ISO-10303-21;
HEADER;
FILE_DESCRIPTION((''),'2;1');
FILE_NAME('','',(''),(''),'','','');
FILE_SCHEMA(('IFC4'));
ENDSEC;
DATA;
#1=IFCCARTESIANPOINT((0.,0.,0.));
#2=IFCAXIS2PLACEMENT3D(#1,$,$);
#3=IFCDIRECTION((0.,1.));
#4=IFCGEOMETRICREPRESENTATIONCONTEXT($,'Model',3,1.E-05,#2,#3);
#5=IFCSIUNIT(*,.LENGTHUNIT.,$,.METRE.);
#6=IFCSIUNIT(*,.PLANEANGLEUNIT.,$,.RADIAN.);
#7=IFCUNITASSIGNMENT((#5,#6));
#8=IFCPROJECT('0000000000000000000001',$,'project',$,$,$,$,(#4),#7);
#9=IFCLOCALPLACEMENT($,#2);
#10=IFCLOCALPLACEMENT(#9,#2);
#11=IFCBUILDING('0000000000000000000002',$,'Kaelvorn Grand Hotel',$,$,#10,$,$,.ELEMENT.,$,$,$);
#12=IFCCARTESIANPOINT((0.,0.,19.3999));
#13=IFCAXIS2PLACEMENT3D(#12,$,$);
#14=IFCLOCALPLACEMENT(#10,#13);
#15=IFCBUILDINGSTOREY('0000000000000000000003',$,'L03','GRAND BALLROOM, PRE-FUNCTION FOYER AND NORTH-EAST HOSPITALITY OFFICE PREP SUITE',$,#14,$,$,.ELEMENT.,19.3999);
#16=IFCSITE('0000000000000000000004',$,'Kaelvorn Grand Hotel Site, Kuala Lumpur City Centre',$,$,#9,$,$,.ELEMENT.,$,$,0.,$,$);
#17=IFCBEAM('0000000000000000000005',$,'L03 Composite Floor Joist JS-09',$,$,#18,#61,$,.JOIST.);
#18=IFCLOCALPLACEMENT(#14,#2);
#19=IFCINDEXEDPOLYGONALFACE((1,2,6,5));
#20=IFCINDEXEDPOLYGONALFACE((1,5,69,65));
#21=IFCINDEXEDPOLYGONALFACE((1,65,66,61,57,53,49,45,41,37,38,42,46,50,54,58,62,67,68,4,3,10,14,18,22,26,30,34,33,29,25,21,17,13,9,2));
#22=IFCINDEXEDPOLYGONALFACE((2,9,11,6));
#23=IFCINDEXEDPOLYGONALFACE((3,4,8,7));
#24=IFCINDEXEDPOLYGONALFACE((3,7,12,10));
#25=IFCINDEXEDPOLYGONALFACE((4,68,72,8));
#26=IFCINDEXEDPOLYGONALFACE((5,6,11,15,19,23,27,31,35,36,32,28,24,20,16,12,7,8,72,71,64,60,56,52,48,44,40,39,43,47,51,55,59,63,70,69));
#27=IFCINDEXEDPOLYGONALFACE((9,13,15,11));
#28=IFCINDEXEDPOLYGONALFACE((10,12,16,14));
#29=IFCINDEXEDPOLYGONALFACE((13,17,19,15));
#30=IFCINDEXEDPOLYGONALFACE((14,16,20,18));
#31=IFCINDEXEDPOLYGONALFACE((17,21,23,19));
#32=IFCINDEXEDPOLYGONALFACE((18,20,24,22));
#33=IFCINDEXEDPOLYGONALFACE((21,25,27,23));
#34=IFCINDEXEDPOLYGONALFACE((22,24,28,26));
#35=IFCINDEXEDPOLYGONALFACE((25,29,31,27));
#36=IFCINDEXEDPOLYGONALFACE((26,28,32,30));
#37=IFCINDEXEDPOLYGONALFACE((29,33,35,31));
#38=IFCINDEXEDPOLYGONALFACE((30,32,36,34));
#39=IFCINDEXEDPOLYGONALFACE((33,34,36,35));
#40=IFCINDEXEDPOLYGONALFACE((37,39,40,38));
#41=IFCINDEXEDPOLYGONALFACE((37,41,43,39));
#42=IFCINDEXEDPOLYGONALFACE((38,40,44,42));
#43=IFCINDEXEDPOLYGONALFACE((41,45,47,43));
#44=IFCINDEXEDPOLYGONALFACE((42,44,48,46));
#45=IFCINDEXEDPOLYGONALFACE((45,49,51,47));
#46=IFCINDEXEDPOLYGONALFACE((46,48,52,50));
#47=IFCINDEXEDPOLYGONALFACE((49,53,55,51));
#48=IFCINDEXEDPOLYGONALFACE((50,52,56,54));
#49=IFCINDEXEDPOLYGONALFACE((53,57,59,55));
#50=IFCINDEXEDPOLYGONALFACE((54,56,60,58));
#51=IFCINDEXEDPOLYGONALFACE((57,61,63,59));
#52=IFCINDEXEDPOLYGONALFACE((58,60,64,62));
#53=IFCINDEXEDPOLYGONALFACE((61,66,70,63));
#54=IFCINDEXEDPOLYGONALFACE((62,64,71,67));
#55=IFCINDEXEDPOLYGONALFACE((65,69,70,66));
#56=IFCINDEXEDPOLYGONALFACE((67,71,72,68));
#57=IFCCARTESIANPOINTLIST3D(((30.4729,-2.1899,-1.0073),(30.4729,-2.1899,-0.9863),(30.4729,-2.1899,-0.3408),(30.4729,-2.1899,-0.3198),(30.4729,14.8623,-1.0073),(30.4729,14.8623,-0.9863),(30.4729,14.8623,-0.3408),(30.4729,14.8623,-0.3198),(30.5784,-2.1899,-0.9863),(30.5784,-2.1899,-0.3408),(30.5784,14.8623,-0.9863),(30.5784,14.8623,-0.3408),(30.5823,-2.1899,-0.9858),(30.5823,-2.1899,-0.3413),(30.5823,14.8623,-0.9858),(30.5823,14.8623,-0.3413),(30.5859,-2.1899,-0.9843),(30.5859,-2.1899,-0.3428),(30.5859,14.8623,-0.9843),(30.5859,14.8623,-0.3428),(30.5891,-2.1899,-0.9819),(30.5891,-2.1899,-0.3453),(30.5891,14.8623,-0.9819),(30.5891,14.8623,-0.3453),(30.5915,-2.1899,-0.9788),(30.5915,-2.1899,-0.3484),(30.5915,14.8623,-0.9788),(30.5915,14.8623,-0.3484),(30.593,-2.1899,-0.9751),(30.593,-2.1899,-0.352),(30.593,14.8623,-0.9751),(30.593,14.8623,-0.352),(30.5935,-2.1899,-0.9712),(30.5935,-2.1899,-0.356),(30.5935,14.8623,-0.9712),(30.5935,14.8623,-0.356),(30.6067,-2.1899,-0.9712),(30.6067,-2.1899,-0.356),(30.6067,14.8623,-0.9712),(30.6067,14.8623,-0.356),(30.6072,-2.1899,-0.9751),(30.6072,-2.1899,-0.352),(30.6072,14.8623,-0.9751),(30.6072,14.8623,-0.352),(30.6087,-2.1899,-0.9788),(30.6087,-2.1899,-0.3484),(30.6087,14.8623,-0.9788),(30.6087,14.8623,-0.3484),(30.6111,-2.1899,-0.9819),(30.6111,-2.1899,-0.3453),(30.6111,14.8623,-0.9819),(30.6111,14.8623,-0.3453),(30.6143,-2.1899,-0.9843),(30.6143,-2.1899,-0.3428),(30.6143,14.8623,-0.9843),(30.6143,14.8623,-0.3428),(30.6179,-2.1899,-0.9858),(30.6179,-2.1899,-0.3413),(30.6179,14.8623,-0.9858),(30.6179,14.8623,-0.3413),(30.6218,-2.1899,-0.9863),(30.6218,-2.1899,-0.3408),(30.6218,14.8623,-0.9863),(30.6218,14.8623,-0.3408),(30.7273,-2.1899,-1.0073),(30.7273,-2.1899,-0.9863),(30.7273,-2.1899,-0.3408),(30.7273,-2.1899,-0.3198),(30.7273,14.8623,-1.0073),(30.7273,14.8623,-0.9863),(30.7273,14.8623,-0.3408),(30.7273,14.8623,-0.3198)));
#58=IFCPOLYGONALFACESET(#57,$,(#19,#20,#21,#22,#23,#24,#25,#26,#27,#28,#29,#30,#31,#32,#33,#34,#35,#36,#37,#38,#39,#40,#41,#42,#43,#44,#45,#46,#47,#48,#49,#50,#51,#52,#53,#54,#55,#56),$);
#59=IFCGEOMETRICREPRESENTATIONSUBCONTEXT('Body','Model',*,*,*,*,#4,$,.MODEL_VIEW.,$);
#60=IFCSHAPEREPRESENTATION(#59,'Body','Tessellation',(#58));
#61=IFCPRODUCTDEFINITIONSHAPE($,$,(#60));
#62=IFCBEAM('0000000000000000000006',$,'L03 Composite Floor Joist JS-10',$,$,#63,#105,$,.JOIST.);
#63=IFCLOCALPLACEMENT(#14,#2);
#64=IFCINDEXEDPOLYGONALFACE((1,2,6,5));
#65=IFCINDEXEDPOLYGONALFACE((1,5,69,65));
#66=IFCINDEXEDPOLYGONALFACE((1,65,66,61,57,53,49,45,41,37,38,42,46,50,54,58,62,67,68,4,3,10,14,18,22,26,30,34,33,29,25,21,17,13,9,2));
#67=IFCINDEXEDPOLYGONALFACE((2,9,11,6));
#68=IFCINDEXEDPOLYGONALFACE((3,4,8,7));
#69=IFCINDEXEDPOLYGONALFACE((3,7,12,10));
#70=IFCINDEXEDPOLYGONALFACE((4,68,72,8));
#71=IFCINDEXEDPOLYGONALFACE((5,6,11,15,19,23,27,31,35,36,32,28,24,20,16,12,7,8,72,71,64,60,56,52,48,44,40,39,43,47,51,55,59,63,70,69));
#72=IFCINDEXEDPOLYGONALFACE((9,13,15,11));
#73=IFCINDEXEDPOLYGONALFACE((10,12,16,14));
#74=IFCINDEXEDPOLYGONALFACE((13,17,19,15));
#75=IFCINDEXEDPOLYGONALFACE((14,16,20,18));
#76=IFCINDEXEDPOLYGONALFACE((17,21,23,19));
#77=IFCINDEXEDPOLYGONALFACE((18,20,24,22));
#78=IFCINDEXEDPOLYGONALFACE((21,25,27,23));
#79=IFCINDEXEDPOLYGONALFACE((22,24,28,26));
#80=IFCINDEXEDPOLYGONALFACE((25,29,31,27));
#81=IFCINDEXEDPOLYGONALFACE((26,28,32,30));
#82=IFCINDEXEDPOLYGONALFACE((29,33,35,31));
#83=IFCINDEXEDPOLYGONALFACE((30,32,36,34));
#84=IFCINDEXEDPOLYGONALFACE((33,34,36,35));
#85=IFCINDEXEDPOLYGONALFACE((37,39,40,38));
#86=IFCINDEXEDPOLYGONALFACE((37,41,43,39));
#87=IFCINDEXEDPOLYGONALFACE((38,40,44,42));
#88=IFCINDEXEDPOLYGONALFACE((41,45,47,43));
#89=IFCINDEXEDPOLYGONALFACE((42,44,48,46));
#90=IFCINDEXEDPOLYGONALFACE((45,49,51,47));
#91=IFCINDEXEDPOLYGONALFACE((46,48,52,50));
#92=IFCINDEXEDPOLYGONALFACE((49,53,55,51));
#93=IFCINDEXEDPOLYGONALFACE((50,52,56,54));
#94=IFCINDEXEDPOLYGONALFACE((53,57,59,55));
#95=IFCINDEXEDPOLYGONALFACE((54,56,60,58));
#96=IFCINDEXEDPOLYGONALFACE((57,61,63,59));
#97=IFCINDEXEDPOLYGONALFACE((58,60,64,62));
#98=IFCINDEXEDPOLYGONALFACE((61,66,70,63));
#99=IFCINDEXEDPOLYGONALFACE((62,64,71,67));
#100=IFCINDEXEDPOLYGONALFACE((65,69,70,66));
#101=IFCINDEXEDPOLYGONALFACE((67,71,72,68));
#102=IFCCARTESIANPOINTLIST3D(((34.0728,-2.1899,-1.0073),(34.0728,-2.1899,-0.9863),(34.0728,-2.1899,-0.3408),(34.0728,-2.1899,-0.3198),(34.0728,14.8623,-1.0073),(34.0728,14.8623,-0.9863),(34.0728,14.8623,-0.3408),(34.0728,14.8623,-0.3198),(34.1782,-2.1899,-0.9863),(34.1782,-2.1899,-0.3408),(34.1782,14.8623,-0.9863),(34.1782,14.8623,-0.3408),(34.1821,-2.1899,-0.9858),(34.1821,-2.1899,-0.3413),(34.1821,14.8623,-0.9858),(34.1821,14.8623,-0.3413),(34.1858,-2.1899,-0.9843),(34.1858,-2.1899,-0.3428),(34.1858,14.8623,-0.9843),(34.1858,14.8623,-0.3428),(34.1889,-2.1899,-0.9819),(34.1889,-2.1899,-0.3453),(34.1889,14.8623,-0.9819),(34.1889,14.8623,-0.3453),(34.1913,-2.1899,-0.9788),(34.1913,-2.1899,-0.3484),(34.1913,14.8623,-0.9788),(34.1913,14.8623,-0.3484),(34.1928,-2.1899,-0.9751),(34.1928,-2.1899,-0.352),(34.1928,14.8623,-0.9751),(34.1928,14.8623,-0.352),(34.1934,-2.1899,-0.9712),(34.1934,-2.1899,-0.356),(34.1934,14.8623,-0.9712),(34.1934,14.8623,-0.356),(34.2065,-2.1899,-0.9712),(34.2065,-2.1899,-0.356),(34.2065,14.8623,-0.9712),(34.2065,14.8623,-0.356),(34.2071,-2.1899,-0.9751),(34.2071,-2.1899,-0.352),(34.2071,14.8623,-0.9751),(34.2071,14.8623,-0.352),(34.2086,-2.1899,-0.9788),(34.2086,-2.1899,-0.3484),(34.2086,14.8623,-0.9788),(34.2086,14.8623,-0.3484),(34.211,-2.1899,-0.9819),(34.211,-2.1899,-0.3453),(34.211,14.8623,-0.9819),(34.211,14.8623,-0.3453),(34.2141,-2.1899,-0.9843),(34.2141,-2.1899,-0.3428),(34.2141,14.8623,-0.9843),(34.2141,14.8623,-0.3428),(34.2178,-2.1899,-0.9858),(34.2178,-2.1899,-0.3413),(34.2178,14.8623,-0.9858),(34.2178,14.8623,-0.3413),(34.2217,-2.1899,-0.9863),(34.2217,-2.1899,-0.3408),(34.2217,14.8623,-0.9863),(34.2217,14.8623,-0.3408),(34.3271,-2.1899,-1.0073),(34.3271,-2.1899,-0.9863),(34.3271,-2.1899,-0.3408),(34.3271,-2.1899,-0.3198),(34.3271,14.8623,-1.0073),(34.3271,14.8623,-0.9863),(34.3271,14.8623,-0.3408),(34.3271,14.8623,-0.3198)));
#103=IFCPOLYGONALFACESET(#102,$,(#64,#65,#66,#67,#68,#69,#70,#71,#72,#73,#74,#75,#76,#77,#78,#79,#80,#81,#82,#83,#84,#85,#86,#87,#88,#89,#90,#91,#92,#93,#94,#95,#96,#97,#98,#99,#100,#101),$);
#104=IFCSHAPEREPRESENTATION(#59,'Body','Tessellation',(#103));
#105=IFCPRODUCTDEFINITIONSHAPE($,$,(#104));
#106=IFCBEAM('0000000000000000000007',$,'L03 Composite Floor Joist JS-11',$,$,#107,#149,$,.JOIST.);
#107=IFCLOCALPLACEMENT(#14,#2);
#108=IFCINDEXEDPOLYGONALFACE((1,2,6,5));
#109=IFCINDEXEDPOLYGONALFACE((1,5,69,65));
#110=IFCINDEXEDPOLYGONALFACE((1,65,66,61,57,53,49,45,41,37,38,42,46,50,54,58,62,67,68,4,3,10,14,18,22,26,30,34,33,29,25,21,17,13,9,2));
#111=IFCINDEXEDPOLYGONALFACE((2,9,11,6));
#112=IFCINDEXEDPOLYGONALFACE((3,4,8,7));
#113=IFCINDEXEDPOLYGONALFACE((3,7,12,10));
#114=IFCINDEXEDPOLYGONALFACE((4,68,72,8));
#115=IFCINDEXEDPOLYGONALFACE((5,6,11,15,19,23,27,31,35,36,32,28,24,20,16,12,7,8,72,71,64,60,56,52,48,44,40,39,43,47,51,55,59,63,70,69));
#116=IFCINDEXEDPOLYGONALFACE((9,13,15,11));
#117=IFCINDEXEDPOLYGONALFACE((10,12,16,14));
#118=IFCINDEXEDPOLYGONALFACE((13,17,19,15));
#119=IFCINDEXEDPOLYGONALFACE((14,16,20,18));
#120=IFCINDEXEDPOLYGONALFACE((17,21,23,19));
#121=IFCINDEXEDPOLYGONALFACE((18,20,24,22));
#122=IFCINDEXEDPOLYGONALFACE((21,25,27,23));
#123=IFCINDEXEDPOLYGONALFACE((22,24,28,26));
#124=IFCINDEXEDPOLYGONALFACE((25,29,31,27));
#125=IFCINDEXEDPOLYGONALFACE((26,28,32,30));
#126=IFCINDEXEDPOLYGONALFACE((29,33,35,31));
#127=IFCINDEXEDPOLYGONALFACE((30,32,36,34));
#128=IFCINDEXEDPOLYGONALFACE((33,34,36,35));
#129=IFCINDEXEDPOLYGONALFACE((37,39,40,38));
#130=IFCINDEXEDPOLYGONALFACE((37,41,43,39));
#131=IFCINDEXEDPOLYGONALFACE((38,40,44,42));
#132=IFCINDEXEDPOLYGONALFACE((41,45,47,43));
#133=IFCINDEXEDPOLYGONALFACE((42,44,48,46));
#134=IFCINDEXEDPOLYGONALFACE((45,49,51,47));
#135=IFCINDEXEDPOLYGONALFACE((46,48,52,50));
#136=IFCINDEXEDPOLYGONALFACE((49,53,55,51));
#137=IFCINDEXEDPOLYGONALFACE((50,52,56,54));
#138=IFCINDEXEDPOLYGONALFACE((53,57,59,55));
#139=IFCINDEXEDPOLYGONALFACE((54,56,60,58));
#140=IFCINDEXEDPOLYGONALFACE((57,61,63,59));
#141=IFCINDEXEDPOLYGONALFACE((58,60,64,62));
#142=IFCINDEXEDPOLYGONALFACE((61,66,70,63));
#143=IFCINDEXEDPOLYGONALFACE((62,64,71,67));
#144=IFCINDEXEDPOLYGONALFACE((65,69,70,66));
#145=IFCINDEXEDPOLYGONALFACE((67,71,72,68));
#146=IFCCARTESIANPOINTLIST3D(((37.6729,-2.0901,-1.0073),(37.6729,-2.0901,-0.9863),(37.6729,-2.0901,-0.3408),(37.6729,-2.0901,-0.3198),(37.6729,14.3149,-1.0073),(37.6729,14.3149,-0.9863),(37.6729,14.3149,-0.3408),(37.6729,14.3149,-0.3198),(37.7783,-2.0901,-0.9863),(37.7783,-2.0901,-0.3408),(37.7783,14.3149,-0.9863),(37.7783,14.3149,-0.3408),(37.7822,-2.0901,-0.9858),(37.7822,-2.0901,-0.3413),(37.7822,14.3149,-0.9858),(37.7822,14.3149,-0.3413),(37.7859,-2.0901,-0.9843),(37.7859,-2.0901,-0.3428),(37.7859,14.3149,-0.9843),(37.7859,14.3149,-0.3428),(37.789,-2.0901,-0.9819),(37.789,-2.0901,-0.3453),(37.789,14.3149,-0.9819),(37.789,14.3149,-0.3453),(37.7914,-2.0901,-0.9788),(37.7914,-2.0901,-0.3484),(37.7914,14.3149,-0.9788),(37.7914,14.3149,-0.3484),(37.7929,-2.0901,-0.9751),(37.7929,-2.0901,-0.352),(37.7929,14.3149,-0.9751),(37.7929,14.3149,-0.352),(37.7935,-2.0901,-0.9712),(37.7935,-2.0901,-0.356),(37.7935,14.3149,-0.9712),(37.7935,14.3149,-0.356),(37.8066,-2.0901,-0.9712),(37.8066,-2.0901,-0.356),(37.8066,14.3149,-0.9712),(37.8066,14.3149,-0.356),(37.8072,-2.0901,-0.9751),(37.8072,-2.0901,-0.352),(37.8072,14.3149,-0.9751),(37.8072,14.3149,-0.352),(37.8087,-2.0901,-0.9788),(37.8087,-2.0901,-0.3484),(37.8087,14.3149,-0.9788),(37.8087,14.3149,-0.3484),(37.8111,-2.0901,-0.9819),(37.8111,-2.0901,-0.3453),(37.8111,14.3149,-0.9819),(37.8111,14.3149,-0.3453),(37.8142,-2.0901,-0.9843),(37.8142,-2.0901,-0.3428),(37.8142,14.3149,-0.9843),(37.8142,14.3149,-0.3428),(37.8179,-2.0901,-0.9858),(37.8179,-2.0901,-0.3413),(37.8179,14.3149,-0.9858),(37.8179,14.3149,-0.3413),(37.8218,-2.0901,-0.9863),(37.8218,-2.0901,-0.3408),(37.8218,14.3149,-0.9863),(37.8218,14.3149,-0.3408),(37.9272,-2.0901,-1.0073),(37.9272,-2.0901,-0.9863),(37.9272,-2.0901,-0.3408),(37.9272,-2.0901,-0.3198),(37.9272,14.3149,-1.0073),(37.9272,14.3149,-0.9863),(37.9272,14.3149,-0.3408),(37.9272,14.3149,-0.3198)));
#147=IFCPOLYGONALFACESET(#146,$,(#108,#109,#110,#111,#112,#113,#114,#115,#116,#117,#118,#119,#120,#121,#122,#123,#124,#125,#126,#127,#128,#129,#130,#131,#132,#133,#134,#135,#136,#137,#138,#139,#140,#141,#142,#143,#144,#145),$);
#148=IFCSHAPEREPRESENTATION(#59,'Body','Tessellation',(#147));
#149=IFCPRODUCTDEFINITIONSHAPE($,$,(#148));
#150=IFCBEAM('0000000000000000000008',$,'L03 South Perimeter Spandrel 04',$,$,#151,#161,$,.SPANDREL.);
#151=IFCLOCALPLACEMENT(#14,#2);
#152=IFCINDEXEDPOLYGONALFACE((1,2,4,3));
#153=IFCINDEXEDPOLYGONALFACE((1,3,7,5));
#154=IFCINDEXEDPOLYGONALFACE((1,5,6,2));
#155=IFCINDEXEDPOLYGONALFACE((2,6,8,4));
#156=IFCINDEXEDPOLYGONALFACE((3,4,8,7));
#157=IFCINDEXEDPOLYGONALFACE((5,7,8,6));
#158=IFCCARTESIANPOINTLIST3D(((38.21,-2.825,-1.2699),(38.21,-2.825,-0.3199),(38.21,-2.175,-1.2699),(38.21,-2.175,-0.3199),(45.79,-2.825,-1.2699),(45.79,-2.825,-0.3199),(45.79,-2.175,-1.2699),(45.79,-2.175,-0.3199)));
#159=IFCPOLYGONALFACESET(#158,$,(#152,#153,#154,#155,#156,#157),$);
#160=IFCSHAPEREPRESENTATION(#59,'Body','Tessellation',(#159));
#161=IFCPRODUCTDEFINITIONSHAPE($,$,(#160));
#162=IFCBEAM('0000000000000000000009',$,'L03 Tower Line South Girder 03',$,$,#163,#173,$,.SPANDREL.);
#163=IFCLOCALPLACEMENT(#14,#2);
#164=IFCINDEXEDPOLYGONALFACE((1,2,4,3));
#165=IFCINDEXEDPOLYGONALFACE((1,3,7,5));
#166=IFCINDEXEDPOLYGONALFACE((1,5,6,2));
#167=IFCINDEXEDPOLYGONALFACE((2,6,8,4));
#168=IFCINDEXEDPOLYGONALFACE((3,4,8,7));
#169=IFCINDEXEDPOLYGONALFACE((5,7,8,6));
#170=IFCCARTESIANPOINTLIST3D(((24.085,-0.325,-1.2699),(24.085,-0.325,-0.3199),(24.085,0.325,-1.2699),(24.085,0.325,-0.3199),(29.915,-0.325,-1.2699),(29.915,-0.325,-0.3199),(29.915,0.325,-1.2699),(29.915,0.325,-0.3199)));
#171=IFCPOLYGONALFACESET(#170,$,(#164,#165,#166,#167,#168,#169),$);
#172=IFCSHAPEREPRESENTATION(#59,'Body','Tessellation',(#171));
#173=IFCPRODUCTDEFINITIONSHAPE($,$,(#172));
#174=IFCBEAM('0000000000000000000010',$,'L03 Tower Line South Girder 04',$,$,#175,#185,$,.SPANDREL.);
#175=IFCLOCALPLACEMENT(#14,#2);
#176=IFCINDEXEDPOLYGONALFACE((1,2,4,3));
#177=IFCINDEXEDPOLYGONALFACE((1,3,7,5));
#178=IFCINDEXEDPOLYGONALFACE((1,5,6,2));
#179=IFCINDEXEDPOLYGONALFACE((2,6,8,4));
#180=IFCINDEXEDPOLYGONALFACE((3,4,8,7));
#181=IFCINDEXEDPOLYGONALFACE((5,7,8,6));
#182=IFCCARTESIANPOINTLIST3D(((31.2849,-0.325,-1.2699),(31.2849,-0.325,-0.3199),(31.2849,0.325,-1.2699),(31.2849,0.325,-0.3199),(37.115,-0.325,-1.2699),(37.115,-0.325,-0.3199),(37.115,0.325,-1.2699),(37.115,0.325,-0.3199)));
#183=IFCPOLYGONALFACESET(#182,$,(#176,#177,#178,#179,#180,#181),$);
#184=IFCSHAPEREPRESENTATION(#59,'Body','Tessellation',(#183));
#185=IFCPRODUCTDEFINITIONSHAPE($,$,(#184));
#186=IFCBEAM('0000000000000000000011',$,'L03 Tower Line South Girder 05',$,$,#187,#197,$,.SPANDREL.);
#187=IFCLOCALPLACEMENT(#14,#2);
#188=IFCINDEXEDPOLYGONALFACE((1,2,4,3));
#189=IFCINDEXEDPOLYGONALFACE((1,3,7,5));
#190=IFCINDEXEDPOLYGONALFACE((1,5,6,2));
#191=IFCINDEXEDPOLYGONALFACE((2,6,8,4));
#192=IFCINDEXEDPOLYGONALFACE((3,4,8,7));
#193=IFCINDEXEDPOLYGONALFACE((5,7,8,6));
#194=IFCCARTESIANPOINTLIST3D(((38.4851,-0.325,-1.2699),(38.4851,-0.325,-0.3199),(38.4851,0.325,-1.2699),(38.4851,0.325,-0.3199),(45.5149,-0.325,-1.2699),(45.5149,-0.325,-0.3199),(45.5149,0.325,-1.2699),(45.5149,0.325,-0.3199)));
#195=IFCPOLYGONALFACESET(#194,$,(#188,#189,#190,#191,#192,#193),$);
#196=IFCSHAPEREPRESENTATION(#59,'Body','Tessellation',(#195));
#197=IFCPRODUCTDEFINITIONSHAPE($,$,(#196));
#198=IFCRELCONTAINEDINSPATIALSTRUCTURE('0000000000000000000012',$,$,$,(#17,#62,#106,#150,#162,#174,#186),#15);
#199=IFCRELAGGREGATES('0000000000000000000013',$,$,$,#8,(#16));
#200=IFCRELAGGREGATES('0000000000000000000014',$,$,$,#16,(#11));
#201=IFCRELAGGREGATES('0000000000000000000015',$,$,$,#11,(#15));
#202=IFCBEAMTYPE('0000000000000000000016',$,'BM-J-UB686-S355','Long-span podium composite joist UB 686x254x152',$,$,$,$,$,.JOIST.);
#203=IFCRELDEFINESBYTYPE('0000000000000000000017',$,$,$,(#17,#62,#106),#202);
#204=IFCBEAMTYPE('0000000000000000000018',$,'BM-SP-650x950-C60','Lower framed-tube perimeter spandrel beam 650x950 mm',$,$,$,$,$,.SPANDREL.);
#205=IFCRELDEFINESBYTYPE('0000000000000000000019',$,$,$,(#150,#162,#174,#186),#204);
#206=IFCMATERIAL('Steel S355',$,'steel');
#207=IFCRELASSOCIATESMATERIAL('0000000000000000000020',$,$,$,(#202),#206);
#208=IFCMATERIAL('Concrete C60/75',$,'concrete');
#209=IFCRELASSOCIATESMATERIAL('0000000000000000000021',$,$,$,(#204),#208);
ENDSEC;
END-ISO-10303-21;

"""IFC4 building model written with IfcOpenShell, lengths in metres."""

from ifc_helpers import new_model, si_unit, direction, frame, origin, origin_2d, place, context, subcontext, project, spatial, rectangle, i_section, extrude, material, material_profile, profile_set, type_object, element, save


model = new_model("IFC4")

# Units and contexts
model_context = context("Model", 3, precision=1e-05, world=origin(), true_north=direction((0.0, 1.0)))
body_context = subcontext(model_context, "Body", "Model", "MODEL_VIEW")
ifc_project = project(units=[si_unit("LENGTHUNIT", "METRE"), si_unit("PLANEANGLEUNIT", "RADIAN")], contexts=[model_context])

# Site, building, storey
site_placement = place(None, origin())
site = spatial("IfcSite", under=ifc_project, at=site_placement, Name="Kaelvorn Grand Hotel Site, Kuala Lumpur City Centre", CompositionType="ELEMENT", RefElevation=0.0)
building_placement = place(site_placement, origin())
building = spatial("IfcBuilding", under=site, at=building_placement, Name="Kaelvorn Grand Hotel", CompositionType="ELEMENT")
storey_placement = place(building_placement, frame((0.0, 0.0, 19.3999)))
storey = spatial("IfcBuildingStorey", under=building, at=storey_placement, Name="L03", Description="GRAND BALLROOM, PRE-FUNCTION FOYER AND NORTH-EAST HOSPITALITY OFFICE PREP SUITE", CompositionType="ELEMENT", Elevation=19.3999)

# Beams
ifc_material_1 = material(Name="Steel S355", Category="steel")
ifc_material_profile_1 = material_profile(ifc_material_1, i_section(OverallWidth=0.2544, OverallDepth=0.6875, WebThickness=0.0132, FlangeThickness=0.021, FilletRadius=0.0151, at=origin_2d()), Name="UB 686x254x152")
ifc_profile_set_1 = profile_set([ifc_material_profile_1], Name="Steel S355")
beam_type_1 = type_object("IfcBeamType", Name="BM-J-UB686-S355", Description="Long-span podium composite joist UB 686x254x152", PredefinedType="JOIST", material=ifc_profile_set_1)
for number, where, z_axis, x_axis, name in (
    (1, (30.6001, -2.1899, -0.6636), (0.0, 1.0, 0.0), (-1.0, 0.0, 0.0), "L03 Composite Floor Joist JS-09"),
    (2, (34.2, -2.1899, -0.6636), (0.0, 1.0, 0.0), (-1.0, 0.0, 0.0), "L03 Composite Floor Joist JS-10"),
):
    element("IfcBeam", number, at=place(storey_placement, frame(where, z_axis=z_axis, x_axis=x_axis)), inside=storey, type_object=beam_type_1, Name=name, PredefinedType="JOIST", context=body_context, shape_type="SweptSolid", body=[
        extrude(i_section(OverallWidth=0.2544, OverallDepth=0.6875, WebThickness=0.0132, FlangeThickness=0.021, FilletRadius=0.0151, at=origin_2d()), origin(), (0.0, 0.0, 1.0), 17.0522),
    ])
beam_1_placement = place(storey_placement, frame((37.8, -2.0901, -0.6636), z_axis=(0.0, 1.0, 0.0), x_axis=(-1.0, 0.0, 0.0)))
element("IfcBeam", 3, at=beam_1_placement, inside=storey, type_object=beam_type_1, Name="L03 Composite Floor Joist JS-11", PredefinedType="JOIST", context=body_context, shape_type="SweptSolid", body=[
    extrude(i_section(OverallWidth=0.2544, OverallDepth=0.6875, WebThickness=0.0132, FlangeThickness=0.021, FilletRadius=0.0151, at=origin_2d()), origin(), (0.0, 0.0, 1.0), 16.405),
])
ifc_material_2 = material(Name="Concrete C60/75", Category="concrete")
ifc_material_profile_2 = material_profile(ifc_material_2, rectangle(XDim=0.6499, YDim=0.95, at=origin_2d()), Name="RC SPANDREL 650x950")
ifc_profile_set_2 = profile_set([ifc_material_profile_2], Name="Concrete C60/75")
beam_type_2 = type_object("IfcBeamType", Name="BM-SP-650x950-C60", Description="Lower framed-tube perimeter spandrel beam 650x950 mm", PredefinedType="SPANDREL", material=ifc_profile_set_2)
beam_2_placement = place(storey_placement, frame((38.21, -2.5, -0.7949), z_axis=(1.0, 0.0, 0.0), x_axis=(0.0, 1.0, 0.0)))
element("IfcBeam", 4, at=beam_2_placement, inside=storey, type_object=beam_type_2, Name="L03 South Perimeter Spandrel 04", PredefinedType="SPANDREL", context=body_context, shape_type="SweptSolid", body=[
    extrude(rectangle(XDim=0.6499, YDim=0.95, at=origin_2d()), origin(), (0.0, 0.0, 1.0), 7.5801),
])
for number, where, z_axis, x_axis, name in (
    (5, (24.085, 0.0, -0.7949), (1.0, 0.0, 0.0), (0.0, 1.0, 0.0), "L03 Tower Line South Girder 03"),
    (6, (31.2849, 0.0, -0.7949), (1.0, 0.0, 0.0), (0.0, 1.0, 0.0), "L03 Tower Line South Girder 04"),
):
    element("IfcBeam", number, at=place(storey_placement, frame(where, z_axis=z_axis, x_axis=x_axis)), inside=storey, type_object=beam_type_2, Name=name, PredefinedType="SPANDREL", context=body_context, shape_type="SweptSolid", body=[
        extrude(rectangle(XDim=0.6499, YDim=0.95, at=origin_2d()), origin(), (0.0, 0.0, 1.0), 5.8301),
    ])
beam_3_placement = place(storey_placement, frame((38.4851, 0.0, -0.7949), z_axis=(1.0, 0.0, 0.0), x_axis=(0.0, 1.0, 0.0)))
element("IfcBeam", 7, at=beam_3_placement, inside=storey, type_object=beam_type_2, Name="L03 Tower Line South Girder 05", PredefinedType="SPANDREL", context=body_context, shape_type="SweptSolid", body=[
    extrude(rectangle(XDim=0.6499, YDim=0.95, at=origin_2d()), origin(), (0.0, 0.0, 1.0), 7.0298),
])

save(model, "model.ifc")
